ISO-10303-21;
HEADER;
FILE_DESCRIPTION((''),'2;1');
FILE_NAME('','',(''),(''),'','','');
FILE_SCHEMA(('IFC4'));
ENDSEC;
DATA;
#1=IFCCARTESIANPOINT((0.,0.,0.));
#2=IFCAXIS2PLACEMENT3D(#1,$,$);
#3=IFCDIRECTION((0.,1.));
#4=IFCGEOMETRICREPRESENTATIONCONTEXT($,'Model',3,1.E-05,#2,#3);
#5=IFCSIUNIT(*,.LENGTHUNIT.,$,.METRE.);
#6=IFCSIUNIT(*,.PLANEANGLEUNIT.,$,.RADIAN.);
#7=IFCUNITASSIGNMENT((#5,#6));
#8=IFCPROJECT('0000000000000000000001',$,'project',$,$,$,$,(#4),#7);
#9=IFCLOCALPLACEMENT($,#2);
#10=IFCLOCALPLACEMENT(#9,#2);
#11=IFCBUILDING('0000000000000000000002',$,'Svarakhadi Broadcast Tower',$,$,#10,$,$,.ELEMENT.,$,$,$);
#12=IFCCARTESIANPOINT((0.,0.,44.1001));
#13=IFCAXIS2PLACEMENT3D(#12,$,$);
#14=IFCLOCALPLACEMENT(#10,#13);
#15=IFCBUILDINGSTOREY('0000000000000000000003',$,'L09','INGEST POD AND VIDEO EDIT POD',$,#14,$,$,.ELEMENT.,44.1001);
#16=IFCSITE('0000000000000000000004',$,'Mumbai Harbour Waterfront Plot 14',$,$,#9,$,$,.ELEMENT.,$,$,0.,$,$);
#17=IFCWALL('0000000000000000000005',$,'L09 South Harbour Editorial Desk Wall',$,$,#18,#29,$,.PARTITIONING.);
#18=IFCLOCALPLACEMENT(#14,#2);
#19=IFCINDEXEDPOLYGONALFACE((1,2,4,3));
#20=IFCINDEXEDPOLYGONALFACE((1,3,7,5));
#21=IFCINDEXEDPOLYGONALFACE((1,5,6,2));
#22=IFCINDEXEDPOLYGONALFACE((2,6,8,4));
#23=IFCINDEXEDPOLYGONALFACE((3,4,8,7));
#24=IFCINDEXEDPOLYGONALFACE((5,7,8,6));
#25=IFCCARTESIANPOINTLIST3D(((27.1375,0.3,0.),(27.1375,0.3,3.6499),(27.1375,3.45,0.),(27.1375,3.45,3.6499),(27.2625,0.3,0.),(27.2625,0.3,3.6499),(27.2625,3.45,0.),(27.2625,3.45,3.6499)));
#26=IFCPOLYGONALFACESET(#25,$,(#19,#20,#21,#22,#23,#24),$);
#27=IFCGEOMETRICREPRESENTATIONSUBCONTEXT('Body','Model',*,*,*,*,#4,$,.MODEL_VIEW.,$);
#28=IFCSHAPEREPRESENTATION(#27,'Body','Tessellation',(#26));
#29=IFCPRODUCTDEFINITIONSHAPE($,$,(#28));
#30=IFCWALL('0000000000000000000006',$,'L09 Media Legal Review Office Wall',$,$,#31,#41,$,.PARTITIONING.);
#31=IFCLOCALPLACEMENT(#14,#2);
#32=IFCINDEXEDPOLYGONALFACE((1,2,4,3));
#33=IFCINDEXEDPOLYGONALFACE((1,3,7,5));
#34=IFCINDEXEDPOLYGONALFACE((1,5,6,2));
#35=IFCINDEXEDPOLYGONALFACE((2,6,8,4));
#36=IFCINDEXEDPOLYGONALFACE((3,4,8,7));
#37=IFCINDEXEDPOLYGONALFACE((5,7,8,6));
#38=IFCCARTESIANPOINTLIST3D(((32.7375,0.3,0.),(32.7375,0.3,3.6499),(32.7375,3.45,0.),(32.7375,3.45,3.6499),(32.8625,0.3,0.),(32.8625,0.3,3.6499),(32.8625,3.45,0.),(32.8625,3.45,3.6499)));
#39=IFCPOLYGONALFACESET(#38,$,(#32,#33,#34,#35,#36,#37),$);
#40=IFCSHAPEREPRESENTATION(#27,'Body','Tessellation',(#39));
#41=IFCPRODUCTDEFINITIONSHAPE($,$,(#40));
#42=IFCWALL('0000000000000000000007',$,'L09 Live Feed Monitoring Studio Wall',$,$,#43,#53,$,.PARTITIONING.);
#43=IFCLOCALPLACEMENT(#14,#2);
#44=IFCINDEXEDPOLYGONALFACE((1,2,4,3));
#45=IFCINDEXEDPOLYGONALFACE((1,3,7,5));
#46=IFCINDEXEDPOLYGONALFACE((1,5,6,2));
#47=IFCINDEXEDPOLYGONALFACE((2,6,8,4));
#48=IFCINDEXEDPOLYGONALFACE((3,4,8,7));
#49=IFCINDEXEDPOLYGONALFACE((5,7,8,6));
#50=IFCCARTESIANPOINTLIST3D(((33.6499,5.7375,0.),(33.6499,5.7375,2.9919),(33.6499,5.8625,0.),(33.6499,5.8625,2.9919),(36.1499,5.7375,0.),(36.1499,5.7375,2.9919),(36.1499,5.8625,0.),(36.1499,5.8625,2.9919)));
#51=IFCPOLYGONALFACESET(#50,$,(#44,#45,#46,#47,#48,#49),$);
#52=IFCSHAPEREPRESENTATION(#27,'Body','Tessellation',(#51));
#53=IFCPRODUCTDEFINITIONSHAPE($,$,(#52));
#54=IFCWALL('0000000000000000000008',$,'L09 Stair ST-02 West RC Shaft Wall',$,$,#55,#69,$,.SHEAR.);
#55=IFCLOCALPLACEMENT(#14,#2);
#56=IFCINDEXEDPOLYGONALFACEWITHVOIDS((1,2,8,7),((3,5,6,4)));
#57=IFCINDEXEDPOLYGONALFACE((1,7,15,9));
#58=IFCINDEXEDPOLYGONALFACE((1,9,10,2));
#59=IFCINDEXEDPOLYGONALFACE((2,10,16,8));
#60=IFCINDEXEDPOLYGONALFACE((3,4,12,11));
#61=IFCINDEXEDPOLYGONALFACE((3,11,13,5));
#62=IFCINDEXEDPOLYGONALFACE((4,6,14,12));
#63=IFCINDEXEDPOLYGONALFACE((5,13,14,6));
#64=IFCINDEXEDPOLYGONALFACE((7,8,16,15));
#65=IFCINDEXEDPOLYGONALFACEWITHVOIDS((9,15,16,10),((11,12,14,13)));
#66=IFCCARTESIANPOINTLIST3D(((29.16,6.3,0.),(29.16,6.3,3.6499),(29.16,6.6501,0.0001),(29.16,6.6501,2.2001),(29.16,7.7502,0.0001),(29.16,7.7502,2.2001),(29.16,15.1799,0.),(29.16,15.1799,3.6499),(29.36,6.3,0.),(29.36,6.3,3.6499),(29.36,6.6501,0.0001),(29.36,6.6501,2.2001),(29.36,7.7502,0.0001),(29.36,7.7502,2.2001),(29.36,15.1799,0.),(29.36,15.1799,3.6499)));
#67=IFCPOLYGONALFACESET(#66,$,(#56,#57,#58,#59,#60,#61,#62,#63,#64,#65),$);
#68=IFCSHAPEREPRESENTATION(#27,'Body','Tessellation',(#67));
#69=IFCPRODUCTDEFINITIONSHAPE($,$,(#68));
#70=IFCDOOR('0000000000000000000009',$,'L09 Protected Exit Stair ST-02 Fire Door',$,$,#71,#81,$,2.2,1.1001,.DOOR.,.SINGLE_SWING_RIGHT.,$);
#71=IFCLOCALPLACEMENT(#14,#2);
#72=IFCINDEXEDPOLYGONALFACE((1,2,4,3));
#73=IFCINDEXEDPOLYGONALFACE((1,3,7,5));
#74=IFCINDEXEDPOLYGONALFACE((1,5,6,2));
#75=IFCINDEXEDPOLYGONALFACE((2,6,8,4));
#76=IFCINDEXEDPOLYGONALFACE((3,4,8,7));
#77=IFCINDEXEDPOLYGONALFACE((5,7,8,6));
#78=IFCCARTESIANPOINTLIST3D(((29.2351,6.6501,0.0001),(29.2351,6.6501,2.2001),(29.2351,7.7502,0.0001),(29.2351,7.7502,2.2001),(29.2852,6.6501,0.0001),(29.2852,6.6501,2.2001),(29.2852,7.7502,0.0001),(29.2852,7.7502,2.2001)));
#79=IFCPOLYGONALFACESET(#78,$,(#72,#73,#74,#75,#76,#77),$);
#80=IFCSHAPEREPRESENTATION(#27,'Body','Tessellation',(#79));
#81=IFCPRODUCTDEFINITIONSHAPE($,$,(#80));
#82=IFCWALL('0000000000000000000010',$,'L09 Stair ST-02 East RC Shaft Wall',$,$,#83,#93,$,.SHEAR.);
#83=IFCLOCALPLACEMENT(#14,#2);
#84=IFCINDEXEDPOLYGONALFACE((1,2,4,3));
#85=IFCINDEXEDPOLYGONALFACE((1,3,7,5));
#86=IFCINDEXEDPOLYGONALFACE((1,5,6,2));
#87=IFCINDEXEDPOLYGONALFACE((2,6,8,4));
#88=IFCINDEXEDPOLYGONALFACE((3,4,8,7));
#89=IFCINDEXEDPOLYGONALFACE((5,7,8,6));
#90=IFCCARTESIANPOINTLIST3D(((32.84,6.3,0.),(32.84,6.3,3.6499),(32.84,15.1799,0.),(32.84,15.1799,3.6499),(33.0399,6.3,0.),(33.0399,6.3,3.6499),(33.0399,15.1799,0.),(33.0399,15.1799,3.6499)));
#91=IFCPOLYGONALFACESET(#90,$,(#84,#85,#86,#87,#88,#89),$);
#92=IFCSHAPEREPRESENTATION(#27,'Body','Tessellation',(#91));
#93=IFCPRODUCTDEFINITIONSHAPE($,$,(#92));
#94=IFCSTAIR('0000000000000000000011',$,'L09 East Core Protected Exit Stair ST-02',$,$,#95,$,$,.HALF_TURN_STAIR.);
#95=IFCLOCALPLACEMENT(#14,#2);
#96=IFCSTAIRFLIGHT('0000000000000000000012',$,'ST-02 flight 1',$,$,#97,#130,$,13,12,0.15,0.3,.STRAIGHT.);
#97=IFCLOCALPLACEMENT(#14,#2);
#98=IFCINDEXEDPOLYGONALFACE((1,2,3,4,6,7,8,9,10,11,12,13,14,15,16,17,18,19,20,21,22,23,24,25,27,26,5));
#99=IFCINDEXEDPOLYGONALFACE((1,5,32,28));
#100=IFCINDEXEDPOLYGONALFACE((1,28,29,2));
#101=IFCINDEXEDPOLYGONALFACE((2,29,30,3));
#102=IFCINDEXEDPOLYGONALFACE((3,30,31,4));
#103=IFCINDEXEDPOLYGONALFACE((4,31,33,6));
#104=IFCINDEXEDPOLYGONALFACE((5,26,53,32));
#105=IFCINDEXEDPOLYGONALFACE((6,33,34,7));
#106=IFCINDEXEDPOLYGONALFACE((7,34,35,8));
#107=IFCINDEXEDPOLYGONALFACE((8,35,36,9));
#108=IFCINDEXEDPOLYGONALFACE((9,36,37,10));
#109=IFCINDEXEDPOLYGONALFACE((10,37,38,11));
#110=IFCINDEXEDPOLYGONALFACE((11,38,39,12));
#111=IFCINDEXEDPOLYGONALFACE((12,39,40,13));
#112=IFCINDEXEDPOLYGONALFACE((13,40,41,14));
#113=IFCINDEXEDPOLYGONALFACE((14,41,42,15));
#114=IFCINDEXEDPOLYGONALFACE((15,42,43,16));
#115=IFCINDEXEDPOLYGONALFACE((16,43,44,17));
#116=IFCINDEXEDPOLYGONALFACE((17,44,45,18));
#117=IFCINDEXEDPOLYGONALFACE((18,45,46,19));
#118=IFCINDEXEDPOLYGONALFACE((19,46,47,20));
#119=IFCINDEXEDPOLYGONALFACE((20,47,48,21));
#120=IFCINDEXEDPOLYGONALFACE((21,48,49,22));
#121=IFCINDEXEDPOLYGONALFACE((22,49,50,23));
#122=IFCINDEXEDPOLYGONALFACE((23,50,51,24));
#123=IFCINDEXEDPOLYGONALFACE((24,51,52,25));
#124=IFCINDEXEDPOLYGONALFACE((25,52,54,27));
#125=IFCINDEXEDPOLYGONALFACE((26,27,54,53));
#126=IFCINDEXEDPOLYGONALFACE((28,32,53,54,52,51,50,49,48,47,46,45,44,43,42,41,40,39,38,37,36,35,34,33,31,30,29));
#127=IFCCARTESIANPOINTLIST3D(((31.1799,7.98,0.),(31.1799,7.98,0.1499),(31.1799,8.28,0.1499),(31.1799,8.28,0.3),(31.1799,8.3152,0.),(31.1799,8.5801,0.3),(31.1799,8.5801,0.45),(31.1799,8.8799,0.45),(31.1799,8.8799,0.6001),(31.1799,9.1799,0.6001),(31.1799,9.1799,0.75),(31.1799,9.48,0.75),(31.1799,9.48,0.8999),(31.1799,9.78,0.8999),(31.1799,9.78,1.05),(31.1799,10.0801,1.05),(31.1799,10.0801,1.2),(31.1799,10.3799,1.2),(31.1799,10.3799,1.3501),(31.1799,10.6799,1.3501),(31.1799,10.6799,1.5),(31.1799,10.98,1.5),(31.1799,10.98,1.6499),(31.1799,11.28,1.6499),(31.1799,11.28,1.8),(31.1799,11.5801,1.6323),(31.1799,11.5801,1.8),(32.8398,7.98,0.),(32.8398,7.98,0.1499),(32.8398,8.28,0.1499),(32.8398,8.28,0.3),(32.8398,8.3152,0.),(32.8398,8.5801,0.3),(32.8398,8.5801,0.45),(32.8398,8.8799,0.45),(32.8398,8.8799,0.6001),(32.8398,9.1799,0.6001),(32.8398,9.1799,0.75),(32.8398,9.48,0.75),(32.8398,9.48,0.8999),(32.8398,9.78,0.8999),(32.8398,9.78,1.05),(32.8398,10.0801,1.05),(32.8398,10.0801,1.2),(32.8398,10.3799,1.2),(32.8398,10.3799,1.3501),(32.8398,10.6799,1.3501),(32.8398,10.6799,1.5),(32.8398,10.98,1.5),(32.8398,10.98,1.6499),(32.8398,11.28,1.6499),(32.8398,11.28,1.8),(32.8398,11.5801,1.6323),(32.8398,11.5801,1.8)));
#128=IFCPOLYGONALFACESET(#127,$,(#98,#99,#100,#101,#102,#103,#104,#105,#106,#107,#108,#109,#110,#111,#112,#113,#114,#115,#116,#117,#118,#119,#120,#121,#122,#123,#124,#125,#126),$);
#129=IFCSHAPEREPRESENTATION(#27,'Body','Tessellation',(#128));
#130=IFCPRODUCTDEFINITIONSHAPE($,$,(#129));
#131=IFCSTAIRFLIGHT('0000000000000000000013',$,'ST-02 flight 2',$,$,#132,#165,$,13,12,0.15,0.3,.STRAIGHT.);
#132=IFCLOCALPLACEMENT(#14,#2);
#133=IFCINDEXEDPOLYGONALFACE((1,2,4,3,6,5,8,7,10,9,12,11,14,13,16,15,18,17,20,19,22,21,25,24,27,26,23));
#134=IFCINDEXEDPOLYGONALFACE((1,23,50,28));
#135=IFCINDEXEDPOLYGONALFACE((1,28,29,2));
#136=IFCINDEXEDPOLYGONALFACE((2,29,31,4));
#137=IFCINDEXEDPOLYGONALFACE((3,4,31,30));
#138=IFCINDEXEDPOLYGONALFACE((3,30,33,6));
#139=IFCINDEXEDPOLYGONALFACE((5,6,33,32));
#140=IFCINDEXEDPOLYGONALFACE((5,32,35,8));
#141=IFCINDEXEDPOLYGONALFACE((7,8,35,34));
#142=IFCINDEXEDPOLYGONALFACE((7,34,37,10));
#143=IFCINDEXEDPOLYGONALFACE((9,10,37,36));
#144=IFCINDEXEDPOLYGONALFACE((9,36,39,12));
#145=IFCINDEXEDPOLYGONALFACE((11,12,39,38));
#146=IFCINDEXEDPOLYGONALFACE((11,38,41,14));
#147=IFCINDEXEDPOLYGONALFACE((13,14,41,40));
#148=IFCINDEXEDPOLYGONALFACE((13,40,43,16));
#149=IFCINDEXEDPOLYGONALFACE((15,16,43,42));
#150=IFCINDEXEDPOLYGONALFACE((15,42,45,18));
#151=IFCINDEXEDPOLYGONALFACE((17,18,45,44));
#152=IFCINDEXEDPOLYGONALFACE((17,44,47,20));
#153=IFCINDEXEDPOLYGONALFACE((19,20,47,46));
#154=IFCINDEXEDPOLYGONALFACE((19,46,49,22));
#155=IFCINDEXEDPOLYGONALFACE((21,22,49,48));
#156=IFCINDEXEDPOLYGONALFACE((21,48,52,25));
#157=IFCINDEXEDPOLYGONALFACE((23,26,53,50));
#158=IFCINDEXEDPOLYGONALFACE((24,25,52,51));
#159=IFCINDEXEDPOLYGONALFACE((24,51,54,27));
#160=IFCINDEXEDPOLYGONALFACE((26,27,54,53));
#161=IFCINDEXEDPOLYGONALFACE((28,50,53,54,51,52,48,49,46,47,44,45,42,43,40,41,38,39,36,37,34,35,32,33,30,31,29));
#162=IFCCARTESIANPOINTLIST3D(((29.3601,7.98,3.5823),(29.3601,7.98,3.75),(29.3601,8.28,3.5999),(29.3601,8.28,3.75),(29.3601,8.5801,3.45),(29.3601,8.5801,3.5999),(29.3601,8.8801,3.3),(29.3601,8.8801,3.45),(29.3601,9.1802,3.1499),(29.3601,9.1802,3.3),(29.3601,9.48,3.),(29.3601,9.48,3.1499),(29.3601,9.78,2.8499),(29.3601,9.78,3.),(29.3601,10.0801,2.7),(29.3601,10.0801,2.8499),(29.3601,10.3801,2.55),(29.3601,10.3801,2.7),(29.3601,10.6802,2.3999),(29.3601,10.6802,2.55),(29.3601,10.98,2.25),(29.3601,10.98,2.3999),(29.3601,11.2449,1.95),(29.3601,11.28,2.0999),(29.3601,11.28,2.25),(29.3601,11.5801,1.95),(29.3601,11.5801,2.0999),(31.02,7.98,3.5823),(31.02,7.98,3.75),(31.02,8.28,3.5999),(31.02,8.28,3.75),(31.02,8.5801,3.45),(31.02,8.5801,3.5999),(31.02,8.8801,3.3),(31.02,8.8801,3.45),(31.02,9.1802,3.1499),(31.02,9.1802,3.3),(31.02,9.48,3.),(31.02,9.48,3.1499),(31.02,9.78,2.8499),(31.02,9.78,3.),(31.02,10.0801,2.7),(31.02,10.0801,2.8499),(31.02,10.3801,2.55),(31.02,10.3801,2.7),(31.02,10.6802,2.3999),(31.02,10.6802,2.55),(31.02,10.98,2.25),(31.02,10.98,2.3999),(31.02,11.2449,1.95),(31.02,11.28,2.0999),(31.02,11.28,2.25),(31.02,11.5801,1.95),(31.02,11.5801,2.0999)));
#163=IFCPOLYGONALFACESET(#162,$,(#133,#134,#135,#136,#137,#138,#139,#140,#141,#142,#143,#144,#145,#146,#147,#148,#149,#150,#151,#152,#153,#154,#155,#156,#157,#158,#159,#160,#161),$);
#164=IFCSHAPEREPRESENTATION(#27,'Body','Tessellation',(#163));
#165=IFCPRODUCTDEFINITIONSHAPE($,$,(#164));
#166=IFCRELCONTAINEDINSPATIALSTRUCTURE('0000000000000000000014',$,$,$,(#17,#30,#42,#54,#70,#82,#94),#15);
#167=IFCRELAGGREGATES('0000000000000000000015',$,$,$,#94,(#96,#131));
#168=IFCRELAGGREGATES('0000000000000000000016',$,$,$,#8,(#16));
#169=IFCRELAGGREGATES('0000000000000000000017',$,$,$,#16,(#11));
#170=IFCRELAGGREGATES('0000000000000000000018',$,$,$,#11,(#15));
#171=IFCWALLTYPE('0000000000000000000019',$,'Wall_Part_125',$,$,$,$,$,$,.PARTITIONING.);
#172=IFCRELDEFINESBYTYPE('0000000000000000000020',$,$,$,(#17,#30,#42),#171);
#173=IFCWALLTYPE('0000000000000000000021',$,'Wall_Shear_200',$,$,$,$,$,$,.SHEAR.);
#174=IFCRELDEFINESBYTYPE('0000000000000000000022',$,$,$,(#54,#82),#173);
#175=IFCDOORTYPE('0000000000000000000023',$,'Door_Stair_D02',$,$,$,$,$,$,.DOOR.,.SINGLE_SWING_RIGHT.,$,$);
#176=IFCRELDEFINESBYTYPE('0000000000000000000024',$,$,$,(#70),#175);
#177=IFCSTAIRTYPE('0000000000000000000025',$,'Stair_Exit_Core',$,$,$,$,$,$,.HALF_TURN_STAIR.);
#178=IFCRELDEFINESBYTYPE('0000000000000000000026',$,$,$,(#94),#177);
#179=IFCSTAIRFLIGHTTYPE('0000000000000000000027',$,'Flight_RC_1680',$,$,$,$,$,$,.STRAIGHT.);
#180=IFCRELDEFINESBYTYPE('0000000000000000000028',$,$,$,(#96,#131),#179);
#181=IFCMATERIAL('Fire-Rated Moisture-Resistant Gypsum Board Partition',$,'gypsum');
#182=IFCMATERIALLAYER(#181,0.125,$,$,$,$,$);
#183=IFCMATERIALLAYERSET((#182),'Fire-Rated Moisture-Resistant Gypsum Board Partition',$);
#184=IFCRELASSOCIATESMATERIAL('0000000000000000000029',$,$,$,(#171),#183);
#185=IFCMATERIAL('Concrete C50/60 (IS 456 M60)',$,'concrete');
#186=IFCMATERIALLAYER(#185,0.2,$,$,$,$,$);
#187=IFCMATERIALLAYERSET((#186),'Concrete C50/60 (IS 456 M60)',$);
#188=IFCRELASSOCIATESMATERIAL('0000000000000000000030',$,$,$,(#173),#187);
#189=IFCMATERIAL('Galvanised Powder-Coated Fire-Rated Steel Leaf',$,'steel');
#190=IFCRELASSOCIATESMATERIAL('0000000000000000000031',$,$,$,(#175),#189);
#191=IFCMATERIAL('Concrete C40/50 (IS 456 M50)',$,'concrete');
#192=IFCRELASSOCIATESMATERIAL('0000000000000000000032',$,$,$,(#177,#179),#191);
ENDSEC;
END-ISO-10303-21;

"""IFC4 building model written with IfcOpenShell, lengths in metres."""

from ifc_helpers import new_model, si_unit, direction, frame, frame_2d, origin, place, context, subcontext, project, spatial, polyline, rectangle, outline, extrude, material, layer, layer_set, type_object, element, fill, aggregate, save


model = new_model("IFC4")

# Units and contexts
model_context = context("Model", 3, precision=1e-05, world=origin(), true_north=direction((0.0, 1.0)))
body_context = subcontext(model_context, "Body", "Model", "MODEL_VIEW")
ifc_project = project(units=[si_unit("LENGTHUNIT", "METRE"), si_unit("PLANEANGLEUNIT", "RADIAN")], contexts=[model_context])

# Site, building, storey
site_placement = place(None, origin())
site = spatial("IfcSite", under=ifc_project, at=site_placement, Name="Mumbai Harbour Waterfront Plot 14", CompositionType="ELEMENT", RefElevation=0.0)
building_placement = place(site_placement, origin())
building = spatial("IfcBuilding", under=site, at=building_placement, Name="Svarakhadi Broadcast Tower", CompositionType="ELEMENT")
storey_placement = place(building_placement, frame((0.0, 0.0, 44.1001)))
storey = spatial("IfcBuildingStorey", under=building, at=storey_placement, Name="L09", Description="INGEST POD AND VIDEO EDIT POD", CompositionType="ELEMENT", Elevation=44.1001)

# Shared definitions
ifc_material_1 = material(Name="Concrete C50/60 (IS 456 M60)", Category="concrete")

# Walls
ifc_material_2 = material(Name="Concrete C40/50 (IS 456 M50)", Category="concrete")
ifc_material_3 = material(Name="Fire-Rated Moisture-Resistant Gypsum Board Partition", Category="gypsum")
ifc_layer_1 = layer(ifc_material_3, 0.125)
ifc_layer_set_1 = layer_set([ifc_layer_1], Name="Fire-Rated Moisture-Resistant Gypsum Board Partition")
wall_type_1 = type_object("IfcWallType", Name="Wall_Part_125", PredefinedType="PARTITIONING", material=ifc_layer_set_1)
for number, where, z_axis, x_axis, name in (
    (1, (27.2, 0.3, 0.0), (0.0, 0.0, 1.0), (0.0, 1.0, 0.0), "L09 South Harbour Editorial Desk Wall"),
    (2, (32.8, 0.3, 0.0), (0.0, 0.0, 1.0), (0.0, 1.0, 0.0), "L09 Media Legal Review Office Wall"),
):
    element("IfcWall", number, at=place(storey_placement, frame(where, z_axis=z_axis, x_axis=x_axis)), inside=storey, type_object=wall_type_1, Name=name, PredefinedType="PARTITIONING", context=body_context, shape_type="SweptSolid", body=[
        extrude(rectangle(XDim=3.1499, YDim=0.125, at=frame_2d((1.575, 0.0))), origin(), (0.0, 0.0, 1.0), 3.6499),
    ])
wall_1_placement = place(storey_placement, frame((33.6499, 5.8, 0.0), z_axis=(0.0, 0.0, 1.0), x_axis=(1.0, 0.0, 0.0)))
element("IfcWall", 3, at=wall_1_placement, inside=storey, type_object=wall_type_1, Name="L09 Live Feed Monitoring Studio Wall", PredefinedType="PARTITIONING", context=body_context, shape_type="SweptSolid", body=[
    extrude(rectangle(XDim=2.5, YDim=0.125, at=frame_2d((1.25, 0.0))), origin(), (0.0, 0.0, 1.0), 2.9919),
])

# Wall, opening, door
ifc_layer_2 = layer(ifc_material_1, 0.2)
ifc_layer_set_2 = layer_set([ifc_layer_2], Name="Concrete C50/60 (IS 456 M60)")
wall_type_2 = type_object("IfcWallType", Name="Wall_Shear_200", PredefinedType="SHEAR", material=ifc_layer_set_2)
wall_2_placement = place(storey_placement, frame((29.26, 6.3, 0.0), z_axis=(0.0, 0.0, 1.0), x_axis=(0.0, 1.0, 0.0)))
wall_2 = element("IfcWall", 4, at=wall_2_placement, inside=storey, type_object=wall_type_2, Name="L09 Stair ST-02 West RC Shaft Wall", PredefinedType="SHEAR", context=body_context, shape_type="SweptSolid", body=[
    extrude(rectangle(XDim=8.8799, YDim=0.2, at=frame_2d((4.4399, 0.0))), origin(), (0.0, 0.0, 1.0), 3.6499),
])
opening_1_placement = place(wall_2_placement, frame((0.3501, 0.0, 0.0)))
opening_1 = element("IfcOpeningElement", 5, at=opening_1_placement, cuts=wall_2, PredefinedType="OPENING", context=body_context, shape_type="SweptSolid", body=[
    extrude(rectangle(XDim=1.1001, YDim=2.2, at=frame_2d((0.55, 1.1001))), frame((0.0, 0.1099, 0.0), z_axis=(0.0, -1.0, 0.0), x_axis=(1.0, 0.0, 0.0)), (0.0, 0.0, 1.0), 0.22),
])
ifc_material_4 = material(Name="Galvanised Powder-Coated Fire-Rated Steel Leaf", Category="steel")
door_type_1 = type_object("IfcDoorType", Name="Door_Stair_D02", OperationType="SINGLE_SWING_RIGHT", PredefinedType="DOOR", material=ifc_material_4)
door_1_placement = place(opening_1_placement, origin())
door_1 = element("IfcDoor", 6, at=door_1_placement, inside=storey, type_object=door_type_1, Name="L09 Protected Exit Stair ST-02 Fire Door", OperationType="SINGLE_SWING_RIGHT", OverallHeight=2.2, OverallWidth=1.1001, PredefinedType="DOOR", context=body_context, shape_type="SweptSolid", body=[
    extrude(rectangle(XDim=1.1001, YDim=2.2, at=frame_2d((0.55, 1.1001))), frame((0.0, 0.0249, 0.0), z_axis=(0.0, -1.0, 0.0), x_axis=(1.0, 0.0, 0.0)), (0.0, 0.0, 1.0), 0.05),
])
fill(opening_1, door_1)

# Wall
wall_3_placement = place(storey_placement, frame((32.9399, 6.3, 0.0), z_axis=(0.0, 0.0, 1.0), x_axis=(0.0, 1.0, 0.0)))
element("IfcWall", 7, at=wall_3_placement, inside=storey, type_object=wall_type_2, Name="L09 Stair ST-02 East RC Shaft Wall", PredefinedType="SHEAR", context=body_context, shape_type="SweptSolid", body=[
    extrude(rectangle(XDim=8.8799, YDim=0.2, at=frame_2d((4.4399, 0.0))), origin(), (0.0, 0.0, 1.0), 3.6499),
])

# Stair, stair flights
stair_type = type_object("IfcStairType", Name="Stair_Exit_Core", PredefinedType="HALF_TURN_STAIR", material=ifc_material_2)
stair_placement = place(storey_placement, origin())
stair = element("IfcStair", 8, at=stair_placement, inside=storey, type_object=stair_type, Name="L09 East Core Protected Exit Stair ST-02", PredefinedType="HALF_TURN_STAIR")
stair_flight_type = type_object("IfcStairFlightType", Name="Flight_RC_1680", PredefinedType="STRAIGHT", material=ifc_material_2)
stair_flight_1_placement = place(storey_placement, frame((32.01, 7.98, 0.0), z_axis=(0.0, 0.0, 1.0), x_axis=(0.0, 1.0, 0.0)))
stair_flight_1 = element("IfcStairFlight", 9, at=stair_flight_1_placement, type_object=stair_flight_type, Name="ST-02 flight 1", NumberOfRisers=13, NumberOfTreads=12, PredefinedType="STRAIGHT", RiserHeight=0.15, TreadLength=0.3, context=body_context, shape_type="SweptSolid", body=[
    extrude(outline(polyline([(0.0, 0.0), (0.0, 0.1499), (0.3, 0.1499), (0.3, 0.3), (0.6001, 0.3), (0.6001, 0.45), (0.8999, 0.45), (0.8999, 0.6001), (1.2, 0.6001), (1.2, 0.75), (1.5, 0.75), (1.5, 0.8999), (1.8, 0.8999), (1.8, 1.05), (2.1001, 1.05), (2.1001, 1.2), (2.3999, 1.2), (2.3999, 1.3501), (2.7, 1.3501), (2.7, 1.5), (3.0, 1.5), (3.0, 1.6499), (3.3, 1.6499), (3.3, 1.8), (3.6001, 1.8), (3.6001, 1.95), (3.6001, 1.6323), (0.3352, 0.0), (0.0, 0.0)])), frame((0.0, 0.8301, 0.0), z_axis=(0.0, -1.0, 0.0), x_axis=(1.0, 0.0, 0.0)), (0.0, 0.0, 1.0), 1.6599),
])
stair_flight_2_placement = place(storey_placement, frame((30.1899, 11.5801, 1.95), z_axis=(0.0, 0.0, 1.0), x_axis=(0.0, -1.0, 0.0)))
stair_flight_2 = element("IfcStairFlight", 10, at=stair_flight_2_placement, type_object=stair_flight_type, Name="ST-02 flight 2", NumberOfRisers=13, NumberOfTreads=12, PredefinedType="STRAIGHT", RiserHeight=0.15, TreadLength=0.3, context=body_context, shape_type="SweptSolid", body=[
    extrude(outline(polyline([(0.0, 0.0), (0.0, 0.1499), (0.3, 0.1499), (0.3, 0.3), (0.6001, 0.3), (0.6001, 0.45), (0.8999, 0.45), (0.8999, 0.6001), (1.2, 0.6001), (1.2, 0.75), (1.5, 0.75), (1.5, 0.8999), (1.8, 0.8999), (1.8, 1.05), (2.1001, 1.05), (2.1001, 1.2), (2.3999, 1.2), (2.3999, 1.3501), (2.7, 1.3501), (2.7, 1.5), (3.0, 1.5), (3.0, 1.6499), (3.3, 1.6499), (3.3, 1.8), (3.6001, 1.8), (3.6001, 1.95), (3.6001, 1.6323), (0.3352, 0.0), (0.0, 0.0)])), frame((0.0, 0.8301, 0.0), z_axis=(0.0, -1.0, 0.0), x_axis=(1.0, 0.0, 0.0)), (0.0, 0.0, 1.0), 1.6599),
])
aggregate(stair, [stair_flight_1, stair_flight_2])

save(model, "model.ifc")
